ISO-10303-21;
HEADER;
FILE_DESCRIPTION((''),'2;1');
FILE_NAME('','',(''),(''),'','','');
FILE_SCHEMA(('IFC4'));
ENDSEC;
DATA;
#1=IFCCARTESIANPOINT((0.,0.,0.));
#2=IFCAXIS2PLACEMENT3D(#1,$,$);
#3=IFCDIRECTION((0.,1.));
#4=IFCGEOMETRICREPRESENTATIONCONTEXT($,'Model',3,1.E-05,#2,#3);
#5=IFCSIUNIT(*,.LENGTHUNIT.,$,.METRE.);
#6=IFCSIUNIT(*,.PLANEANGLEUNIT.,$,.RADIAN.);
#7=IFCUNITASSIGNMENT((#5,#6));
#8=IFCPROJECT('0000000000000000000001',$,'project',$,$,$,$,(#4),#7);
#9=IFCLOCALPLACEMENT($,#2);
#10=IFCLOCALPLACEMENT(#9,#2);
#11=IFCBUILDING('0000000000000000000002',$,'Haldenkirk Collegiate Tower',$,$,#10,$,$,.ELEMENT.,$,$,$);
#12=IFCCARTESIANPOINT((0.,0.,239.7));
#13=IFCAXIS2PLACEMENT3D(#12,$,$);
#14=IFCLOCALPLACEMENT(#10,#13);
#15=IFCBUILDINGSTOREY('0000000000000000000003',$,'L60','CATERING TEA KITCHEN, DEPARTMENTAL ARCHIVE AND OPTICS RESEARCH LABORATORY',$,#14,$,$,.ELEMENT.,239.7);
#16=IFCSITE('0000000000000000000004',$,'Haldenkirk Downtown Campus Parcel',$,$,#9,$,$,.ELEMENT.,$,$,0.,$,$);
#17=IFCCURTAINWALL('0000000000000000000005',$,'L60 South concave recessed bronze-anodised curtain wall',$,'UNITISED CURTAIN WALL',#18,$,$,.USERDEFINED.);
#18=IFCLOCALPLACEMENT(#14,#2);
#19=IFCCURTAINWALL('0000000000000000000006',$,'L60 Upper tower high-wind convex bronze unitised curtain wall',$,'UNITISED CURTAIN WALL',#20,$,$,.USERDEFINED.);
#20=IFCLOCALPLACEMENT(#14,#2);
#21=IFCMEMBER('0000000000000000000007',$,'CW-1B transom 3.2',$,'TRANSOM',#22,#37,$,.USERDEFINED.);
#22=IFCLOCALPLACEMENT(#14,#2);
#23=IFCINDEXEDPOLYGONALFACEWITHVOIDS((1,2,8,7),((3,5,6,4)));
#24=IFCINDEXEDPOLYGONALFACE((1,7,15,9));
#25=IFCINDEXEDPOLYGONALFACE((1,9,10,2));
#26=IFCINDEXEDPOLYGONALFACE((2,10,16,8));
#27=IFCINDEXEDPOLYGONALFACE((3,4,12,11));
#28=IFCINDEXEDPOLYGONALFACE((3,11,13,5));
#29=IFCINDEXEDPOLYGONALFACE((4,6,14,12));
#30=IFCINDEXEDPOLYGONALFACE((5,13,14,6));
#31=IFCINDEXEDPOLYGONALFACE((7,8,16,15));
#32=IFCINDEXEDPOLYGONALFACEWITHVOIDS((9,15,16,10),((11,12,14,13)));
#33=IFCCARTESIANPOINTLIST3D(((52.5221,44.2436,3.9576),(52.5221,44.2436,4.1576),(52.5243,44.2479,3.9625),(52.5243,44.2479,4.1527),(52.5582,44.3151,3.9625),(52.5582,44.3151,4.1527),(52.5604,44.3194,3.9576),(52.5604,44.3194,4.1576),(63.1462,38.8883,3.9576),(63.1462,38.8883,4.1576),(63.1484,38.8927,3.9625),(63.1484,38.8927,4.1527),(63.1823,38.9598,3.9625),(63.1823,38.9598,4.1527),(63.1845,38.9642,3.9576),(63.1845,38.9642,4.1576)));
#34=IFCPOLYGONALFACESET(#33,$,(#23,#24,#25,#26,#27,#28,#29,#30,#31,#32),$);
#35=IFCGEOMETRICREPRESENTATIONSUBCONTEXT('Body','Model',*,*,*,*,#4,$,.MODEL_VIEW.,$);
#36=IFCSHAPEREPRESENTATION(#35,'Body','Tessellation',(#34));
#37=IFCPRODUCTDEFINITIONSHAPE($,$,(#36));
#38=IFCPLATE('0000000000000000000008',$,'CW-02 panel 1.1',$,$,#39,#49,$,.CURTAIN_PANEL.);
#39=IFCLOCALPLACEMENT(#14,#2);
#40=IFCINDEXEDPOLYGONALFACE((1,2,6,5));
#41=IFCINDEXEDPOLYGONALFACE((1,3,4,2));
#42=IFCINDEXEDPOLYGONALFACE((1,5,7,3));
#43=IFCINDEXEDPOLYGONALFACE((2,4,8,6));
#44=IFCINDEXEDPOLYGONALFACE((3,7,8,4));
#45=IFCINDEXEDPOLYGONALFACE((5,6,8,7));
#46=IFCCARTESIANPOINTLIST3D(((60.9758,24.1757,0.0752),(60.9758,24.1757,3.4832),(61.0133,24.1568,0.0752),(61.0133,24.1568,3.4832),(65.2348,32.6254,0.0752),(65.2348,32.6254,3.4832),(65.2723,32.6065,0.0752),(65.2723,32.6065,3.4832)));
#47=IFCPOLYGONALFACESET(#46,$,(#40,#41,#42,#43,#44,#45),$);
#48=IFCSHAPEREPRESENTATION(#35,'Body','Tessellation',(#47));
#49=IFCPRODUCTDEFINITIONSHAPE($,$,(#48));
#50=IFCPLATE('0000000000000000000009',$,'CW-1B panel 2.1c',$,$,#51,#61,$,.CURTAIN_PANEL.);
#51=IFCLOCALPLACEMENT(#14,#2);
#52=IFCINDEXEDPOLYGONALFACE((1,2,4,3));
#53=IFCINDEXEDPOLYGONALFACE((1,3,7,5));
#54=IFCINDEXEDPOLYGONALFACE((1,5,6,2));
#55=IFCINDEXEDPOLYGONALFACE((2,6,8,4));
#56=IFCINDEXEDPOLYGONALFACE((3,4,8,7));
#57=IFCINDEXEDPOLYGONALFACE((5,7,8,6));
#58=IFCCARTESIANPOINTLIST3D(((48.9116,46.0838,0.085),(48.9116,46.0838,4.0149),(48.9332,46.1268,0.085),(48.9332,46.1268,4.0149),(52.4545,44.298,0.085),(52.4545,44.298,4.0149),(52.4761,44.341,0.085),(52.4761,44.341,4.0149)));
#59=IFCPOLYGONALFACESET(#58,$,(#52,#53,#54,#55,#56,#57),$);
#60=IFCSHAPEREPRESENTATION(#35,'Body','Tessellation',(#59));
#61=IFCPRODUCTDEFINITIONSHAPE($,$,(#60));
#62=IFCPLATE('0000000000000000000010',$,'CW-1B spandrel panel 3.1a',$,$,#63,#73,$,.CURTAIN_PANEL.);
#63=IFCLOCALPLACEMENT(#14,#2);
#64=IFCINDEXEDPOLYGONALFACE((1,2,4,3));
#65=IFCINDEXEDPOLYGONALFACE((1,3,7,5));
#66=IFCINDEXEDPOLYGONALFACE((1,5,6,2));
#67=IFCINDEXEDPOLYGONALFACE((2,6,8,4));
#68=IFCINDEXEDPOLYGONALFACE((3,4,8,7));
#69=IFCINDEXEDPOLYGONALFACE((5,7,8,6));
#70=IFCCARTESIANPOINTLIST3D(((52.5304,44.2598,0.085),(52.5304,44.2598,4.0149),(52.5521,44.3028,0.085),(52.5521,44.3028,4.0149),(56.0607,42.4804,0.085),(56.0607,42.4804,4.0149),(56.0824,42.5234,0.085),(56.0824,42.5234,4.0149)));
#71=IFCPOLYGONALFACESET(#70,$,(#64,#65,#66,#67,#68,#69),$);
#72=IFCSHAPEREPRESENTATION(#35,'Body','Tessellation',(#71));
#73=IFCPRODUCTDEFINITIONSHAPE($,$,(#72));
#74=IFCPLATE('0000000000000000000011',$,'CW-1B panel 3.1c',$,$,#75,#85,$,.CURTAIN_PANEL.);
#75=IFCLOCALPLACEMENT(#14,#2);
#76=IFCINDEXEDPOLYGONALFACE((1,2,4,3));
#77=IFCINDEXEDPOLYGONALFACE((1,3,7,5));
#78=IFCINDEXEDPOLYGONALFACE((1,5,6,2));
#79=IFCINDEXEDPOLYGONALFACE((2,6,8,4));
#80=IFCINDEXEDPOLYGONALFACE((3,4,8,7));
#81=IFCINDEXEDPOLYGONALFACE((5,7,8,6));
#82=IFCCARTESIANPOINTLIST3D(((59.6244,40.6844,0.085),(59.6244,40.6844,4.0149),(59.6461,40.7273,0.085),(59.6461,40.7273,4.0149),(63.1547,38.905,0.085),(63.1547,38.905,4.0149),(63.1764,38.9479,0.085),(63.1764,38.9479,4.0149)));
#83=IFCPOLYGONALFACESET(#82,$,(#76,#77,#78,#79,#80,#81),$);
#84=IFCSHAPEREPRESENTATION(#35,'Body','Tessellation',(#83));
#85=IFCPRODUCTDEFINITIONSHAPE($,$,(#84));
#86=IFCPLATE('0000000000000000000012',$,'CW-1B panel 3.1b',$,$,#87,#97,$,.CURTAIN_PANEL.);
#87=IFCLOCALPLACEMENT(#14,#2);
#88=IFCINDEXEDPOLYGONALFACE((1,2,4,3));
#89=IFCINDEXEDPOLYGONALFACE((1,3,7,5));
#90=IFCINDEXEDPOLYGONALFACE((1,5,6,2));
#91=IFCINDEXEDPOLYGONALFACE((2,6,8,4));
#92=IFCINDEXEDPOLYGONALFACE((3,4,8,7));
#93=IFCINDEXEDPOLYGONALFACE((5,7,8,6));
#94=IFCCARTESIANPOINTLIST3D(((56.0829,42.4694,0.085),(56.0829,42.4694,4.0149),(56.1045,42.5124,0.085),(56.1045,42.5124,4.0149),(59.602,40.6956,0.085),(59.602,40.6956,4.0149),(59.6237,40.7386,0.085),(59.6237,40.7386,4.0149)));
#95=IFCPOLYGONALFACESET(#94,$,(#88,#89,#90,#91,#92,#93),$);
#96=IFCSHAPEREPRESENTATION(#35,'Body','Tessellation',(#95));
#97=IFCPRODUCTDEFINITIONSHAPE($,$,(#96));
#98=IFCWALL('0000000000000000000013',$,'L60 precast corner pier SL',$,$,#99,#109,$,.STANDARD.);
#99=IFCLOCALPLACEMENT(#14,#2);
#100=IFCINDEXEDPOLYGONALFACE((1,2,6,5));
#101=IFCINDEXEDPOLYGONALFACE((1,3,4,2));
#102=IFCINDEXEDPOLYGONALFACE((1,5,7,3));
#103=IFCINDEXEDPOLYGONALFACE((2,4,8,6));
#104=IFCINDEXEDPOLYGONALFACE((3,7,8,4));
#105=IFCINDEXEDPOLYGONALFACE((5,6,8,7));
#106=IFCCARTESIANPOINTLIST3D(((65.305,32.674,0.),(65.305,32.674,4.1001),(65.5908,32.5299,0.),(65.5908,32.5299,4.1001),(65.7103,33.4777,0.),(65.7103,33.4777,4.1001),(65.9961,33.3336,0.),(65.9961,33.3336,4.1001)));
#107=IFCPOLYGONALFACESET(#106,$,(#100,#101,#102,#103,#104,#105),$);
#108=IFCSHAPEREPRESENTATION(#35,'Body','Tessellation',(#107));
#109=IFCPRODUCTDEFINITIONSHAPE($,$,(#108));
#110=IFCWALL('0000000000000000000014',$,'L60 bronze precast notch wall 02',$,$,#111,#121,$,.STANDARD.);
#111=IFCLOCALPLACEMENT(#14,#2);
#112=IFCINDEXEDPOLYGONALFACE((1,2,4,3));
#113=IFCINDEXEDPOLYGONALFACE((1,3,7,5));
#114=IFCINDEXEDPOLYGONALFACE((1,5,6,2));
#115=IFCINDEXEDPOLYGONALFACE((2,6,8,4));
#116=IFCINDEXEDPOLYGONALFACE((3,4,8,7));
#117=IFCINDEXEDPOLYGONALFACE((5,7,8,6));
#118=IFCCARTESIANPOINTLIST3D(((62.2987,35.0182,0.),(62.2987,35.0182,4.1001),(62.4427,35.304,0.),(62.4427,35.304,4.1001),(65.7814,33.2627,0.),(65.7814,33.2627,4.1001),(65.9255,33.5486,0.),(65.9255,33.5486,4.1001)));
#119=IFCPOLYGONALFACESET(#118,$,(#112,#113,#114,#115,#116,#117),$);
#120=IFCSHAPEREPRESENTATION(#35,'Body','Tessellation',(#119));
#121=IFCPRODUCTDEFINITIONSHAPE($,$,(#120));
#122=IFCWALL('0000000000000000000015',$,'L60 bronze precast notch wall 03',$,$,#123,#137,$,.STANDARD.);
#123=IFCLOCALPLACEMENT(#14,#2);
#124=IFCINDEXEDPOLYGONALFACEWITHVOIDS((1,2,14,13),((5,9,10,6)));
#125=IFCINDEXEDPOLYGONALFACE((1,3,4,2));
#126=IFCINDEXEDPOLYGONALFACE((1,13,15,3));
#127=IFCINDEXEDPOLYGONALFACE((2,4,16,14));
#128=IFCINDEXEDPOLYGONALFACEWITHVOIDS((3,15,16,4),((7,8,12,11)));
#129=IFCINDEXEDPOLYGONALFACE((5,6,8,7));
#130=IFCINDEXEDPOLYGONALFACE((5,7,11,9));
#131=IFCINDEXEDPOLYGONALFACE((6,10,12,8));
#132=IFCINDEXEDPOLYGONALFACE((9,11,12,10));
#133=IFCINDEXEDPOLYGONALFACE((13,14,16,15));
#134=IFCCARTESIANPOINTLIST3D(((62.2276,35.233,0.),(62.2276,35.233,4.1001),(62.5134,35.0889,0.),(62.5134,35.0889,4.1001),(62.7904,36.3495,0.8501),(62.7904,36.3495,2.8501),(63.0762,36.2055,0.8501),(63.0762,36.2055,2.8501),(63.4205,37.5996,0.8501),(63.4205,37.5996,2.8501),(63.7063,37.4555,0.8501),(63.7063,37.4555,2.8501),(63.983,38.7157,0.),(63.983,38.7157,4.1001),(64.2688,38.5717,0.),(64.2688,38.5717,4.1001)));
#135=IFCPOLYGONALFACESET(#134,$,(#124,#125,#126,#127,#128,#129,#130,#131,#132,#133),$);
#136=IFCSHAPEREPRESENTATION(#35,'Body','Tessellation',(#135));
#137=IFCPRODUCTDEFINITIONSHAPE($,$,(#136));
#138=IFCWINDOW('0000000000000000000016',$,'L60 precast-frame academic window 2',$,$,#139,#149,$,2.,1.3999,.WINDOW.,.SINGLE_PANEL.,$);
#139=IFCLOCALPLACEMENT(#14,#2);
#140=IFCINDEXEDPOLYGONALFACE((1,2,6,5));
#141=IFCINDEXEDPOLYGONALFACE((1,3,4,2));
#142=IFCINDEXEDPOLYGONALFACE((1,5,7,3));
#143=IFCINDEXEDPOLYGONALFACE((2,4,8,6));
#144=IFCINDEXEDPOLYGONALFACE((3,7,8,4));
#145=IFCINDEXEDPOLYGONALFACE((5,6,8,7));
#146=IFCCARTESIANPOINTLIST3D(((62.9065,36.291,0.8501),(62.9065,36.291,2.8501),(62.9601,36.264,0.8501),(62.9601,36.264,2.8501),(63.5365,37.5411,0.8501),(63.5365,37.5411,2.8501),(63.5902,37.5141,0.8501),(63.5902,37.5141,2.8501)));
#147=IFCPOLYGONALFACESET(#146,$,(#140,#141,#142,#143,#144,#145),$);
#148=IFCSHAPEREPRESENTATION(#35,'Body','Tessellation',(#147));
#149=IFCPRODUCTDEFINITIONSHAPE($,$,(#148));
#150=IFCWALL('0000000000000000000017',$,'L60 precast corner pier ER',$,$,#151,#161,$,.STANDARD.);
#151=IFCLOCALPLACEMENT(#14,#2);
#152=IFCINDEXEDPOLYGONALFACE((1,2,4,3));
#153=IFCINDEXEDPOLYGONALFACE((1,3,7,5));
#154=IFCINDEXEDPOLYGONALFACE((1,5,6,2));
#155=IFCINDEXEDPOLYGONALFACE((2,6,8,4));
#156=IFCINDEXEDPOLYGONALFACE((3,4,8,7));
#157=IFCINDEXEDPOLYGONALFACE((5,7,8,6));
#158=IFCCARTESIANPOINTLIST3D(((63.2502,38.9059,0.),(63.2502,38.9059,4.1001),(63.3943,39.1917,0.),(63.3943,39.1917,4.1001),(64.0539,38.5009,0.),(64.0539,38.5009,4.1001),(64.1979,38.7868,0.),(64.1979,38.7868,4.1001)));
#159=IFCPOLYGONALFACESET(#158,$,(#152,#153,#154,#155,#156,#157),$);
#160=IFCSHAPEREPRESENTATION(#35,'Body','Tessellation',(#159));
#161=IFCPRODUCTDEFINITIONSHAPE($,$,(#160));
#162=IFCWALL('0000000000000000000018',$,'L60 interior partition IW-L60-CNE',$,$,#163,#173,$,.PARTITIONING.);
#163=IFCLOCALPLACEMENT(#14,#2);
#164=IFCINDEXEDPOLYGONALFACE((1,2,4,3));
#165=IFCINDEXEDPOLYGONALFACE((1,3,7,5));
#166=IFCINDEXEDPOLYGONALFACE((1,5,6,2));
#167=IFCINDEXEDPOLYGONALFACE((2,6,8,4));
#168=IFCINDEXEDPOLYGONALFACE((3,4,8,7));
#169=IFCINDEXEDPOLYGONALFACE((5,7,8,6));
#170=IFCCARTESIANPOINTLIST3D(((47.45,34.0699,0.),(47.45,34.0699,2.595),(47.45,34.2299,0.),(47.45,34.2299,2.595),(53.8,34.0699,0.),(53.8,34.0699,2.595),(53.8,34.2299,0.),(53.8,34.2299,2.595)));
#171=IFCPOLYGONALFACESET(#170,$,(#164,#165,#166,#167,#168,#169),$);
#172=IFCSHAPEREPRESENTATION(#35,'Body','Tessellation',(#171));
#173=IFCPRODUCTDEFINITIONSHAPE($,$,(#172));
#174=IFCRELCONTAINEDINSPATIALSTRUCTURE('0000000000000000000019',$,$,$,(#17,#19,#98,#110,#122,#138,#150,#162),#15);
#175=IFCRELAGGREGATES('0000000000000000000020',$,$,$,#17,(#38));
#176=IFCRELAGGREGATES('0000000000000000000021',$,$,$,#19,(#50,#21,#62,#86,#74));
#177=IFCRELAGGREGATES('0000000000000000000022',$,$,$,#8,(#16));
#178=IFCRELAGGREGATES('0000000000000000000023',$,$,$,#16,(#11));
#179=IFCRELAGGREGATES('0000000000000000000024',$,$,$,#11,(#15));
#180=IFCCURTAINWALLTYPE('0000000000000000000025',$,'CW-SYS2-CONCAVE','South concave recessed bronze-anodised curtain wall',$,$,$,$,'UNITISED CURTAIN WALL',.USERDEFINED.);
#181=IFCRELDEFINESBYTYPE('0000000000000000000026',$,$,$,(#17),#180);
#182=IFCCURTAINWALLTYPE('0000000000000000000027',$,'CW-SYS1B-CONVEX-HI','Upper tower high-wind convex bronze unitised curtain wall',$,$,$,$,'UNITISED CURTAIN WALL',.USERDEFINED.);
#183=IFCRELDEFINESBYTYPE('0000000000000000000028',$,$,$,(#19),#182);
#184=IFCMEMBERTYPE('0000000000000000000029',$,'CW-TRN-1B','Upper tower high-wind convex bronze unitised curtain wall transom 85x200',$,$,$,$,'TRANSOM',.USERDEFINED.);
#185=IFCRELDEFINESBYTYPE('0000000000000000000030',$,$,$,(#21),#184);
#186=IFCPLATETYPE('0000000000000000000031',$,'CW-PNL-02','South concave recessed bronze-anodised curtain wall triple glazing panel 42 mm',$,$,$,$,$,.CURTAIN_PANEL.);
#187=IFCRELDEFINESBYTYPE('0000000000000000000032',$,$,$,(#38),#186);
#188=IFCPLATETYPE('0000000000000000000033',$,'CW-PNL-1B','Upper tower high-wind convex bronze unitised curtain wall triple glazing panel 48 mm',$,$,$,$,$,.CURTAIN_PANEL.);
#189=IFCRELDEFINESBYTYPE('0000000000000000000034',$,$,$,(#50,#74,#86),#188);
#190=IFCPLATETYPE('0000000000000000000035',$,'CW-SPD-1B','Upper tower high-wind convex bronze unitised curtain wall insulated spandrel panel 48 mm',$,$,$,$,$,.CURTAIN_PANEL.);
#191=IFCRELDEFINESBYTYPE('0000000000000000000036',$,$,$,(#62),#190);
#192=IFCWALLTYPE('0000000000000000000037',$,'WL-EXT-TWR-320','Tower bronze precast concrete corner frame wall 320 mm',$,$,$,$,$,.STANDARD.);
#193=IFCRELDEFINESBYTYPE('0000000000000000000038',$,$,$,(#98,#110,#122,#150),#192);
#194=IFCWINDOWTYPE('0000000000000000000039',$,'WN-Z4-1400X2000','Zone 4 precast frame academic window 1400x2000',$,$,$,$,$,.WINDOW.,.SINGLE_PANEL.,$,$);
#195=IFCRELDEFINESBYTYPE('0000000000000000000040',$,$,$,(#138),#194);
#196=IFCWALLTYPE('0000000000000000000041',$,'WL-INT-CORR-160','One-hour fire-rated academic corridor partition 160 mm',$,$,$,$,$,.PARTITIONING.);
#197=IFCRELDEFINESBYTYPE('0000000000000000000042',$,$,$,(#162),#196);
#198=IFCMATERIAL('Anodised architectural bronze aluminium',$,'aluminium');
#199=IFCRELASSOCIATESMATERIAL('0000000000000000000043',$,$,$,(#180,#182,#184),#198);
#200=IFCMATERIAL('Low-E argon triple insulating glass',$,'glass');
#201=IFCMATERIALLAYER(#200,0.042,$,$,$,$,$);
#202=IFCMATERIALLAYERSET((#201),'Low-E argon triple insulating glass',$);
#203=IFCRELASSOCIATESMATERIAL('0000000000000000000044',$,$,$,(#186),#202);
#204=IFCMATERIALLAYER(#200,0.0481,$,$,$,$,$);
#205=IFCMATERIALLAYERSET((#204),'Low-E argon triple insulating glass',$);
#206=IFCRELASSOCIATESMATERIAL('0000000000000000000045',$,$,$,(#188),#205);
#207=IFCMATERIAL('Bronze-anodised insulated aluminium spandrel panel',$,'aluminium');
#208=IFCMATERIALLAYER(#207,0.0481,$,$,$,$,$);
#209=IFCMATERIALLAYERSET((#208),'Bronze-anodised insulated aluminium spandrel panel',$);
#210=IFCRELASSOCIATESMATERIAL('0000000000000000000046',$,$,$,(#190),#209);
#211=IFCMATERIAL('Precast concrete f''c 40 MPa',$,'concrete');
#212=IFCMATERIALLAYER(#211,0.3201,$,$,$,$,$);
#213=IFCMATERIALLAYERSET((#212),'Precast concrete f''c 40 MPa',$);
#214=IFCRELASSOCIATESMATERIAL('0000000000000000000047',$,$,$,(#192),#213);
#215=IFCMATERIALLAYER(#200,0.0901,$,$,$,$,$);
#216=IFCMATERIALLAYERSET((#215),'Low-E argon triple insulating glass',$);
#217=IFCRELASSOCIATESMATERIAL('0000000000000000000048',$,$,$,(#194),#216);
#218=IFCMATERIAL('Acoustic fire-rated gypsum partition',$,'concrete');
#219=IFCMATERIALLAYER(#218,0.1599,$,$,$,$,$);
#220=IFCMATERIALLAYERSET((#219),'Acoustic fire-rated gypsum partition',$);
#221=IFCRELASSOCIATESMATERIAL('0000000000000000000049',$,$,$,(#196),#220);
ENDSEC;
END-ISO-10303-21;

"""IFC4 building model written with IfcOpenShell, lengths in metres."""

from ifc_helpers import new_model, si_unit, direction, frame, frame_2d, origin, origin_2d, place, context, subcontext, project, spatial, rectangle, hollow_rectangle, extrude, source, transform, mapped, material, layer, layer_set, material_profile, profile_set, type_object, element, fill, aggregate, save


model = new_model("IFC4")

# Units and contexts
model_context = context("Model", 3, precision=1e-05, world=origin(), true_north=direction((0.0, 1.0)))
body_context = subcontext(model_context, "Body", "Model", "MODEL_VIEW")
ifc_project = project(units=[si_unit("LENGTHUNIT", "METRE"), si_unit("PLANEANGLEUNIT", "RADIAN")], contexts=[model_context])

# Site, building, storey
site_placement = place(None, origin())
site = spatial("IfcSite", under=ifc_project, at=site_placement, Name="Haldenkirk Downtown Campus Parcel", CompositionType="ELEMENT", RefElevation=0.0)
building_placement = place(site_placement, origin())
building = spatial("IfcBuilding", under=site, at=building_placement, Name="Haldenkirk Collegiate Tower", CompositionType="ELEMENT")
storey_placement = place(building_placement, frame((0.0, 0.0, 239.7)))
storey = spatial("IfcBuildingStorey", under=building, at=storey_placement, Name="L60", Description="CATERING TEA KITCHEN, DEPARTMENTAL ARCHIVE AND OPTICS RESEARCH LABORATORY", CompositionType="ELEMENT", Elevation=239.7)

# Curtain wall
ifc_material_1 = material(Name="Anodised architectural bronze aluminium", Category="aluminium")
curtain_wall_type_1 = type_object("IfcCurtainWallType", Name="CW-SYS2-CONCAVE", Description="South concave recessed bronze-anodised curtain wall", ElementType="UNITISED CURTAIN WALL", PredefinedType="USERDEFINED", material=ifc_material_1)
curtain_wall_1_placement = place(storey_placement, origin())
curtain_wall_1 = element("IfcCurtainWall", 1, at=curtain_wall_1_placement, inside=storey, type_object=curtain_wall_type_1, Name="L60 South concave recessed bronze-anodised curtain wall", ObjectType="UNITISED CURTAIN WALL", PredefinedType="USERDEFINED")

# Curtain wall
curtain_wall_type_2 = type_object("IfcCurtainWallType", Name="CW-SYS1B-CONVEX-HI", Description="Upper tower high-wind convex bronze unitised curtain wall", ElementType="UNITISED CURTAIN WALL", PredefinedType="USERDEFINED", material=ifc_material_1)
curtain_wall_2_placement = place(storey_placement, origin())
curtain_wall_2 = element("IfcCurtainWall", 2, at=curtain_wall_2_placement, inside=storey, type_object=curtain_wall_type_2, Name="L60 Upper tower high-wind convex bronze unitised curtain wall", ObjectType="UNITISED CURTAIN WALL", PredefinedType="USERDEFINED")

# Member
ifc_material_profile_1 = material_profile(ifc_material_1, hollow_rectangle(XDim=0.085, YDim=0.2, WallThickness=0.0049, at=origin_2d()), Name="CW-TRN-1B")
ifc_profile_set_1 = profile_set([ifc_material_profile_1], Name="Anodised architectural bronze aluminium")
member_type_1 = type_object("IfcMemberType", Name="CW-TRN-1B", Description="Upper tower high-wind convex bronze unitised curtain wall transom 85x200", ElementType="TRANSOM", PredefinedType="USERDEFINED", material=ifc_profile_set_1)
member_1_placement = place(storey_placement, frame((52.5413, 44.2815, 4.0576), z_axis=(0.89297, -0.450117, 0.0), x_axis=(0.450117, 0.89297, 0.0)))
member_1 = element("IfcMember", 3, at=member_1_placement, type_object=member_type_1, Name="CW-1B transom 3.2", ObjectType="TRANSOM", PredefinedType="USERDEFINED", context=body_context, shape_type="SweptSolid", body=[
    extrude(hollow_rectangle(XDim=0.085, YDim=0.2, WallThickness=0.0049, at=origin_2d()), origin(), (0.0, 0.0, 1.0), 11.8975),
])

# Plates
ifc_material_2 = material(Name="Low-E argon triple insulating glass", Category="glass")
ifc_layer_1 = layer(ifc_material_2, 0.042)
ifc_layer_set_1 = layer_set([ifc_layer_1], Name="Low-E argon triple insulating glass")
plate_type_1 = type_object("IfcPlateType", Name="CW-PNL-02", Description="South concave recessed bronze-anodised curtain wall triple glazing panel 42 mm", PredefinedType="CURTAIN_PANEL", material=ifc_layer_set_1)
shared_shape_1 = source(origin(), body_context, "Body", "SweptSolid", [
    extrude(rectangle(XDim=9.4624, YDim=0.042, at=origin_2d()), origin(), (0.0, 0.0, 1.0), 3.408),
])
plate_1_placement = place(storey_placement, frame((63.124, 28.3911, 0.0752), z_axis=(0.0, 0.0, 1.0), x_axis=(-0.450097, -0.89298, 0.0)))
plate_1 = element("IfcPlate", 4, at=plate_1_placement, type_object=plate_type_1, Name="CW-02 panel 1.1", PredefinedType="CURTAIN_PANEL", context=body_context, shape_type="MappedRepresentation", body=[
    mapped(shared_shape_1, transform((0.0, 0.0, 0.0), x_axis=(1.0, 0.0, 0.0), y_axis=(0.0, 1.0, 0.0), z_axis=(0.0, 0.0, 1.0), scale=1.0)),
])
aggregate(curtain_wall_1, [plate_1])
ifc_layer_2 = layer(ifc_material_2, 0.0481)
ifc_layer_set_2 = layer_set([ifc_layer_2], Name="Low-E argon triple insulating glass")
plate_type_2 = type_object("IfcPlateType", Name="CW-PNL-1B", Description="Upper tower high-wind convex bronze unitised curtain wall triple glazing panel 48 mm", PredefinedType="CURTAIN_PANEL", material=ifc_layer_set_2)
shared_shape_2 = source(origin(), body_context, "Body", "SweptSolid", [
    extrude(rectangle(XDim=3.9675, YDim=0.0481, at=origin_2d()), origin(), (0.0, 0.0, 1.0), 3.9299),
])
plate_2_placement = place(storey_placement, frame((50.6938, 45.2124, 0.085), z_axis=(0.0, 0.0, 1.0), x_axis=(0.892979, -0.450099, 0.0)))
plate_2 = element("IfcPlate", 5, at=plate_2_placement, type_object=plate_type_2, Name="CW-1B panel 2.1c", PredefinedType="CURTAIN_PANEL", context=body_context, shape_type="MappedRepresentation", body=[
    mapped(shared_shape_2, transform((0.0, 0.0, 0.0), x_axis=(1.0, 0.0, 0.0), y_axis=(0.0, 1.0, 0.0), z_axis=(0.0, 0.0, 1.0), scale=1.0)),
])
ifc_material_3 = material(Name="Bronze-anodised insulated aluminium spandrel panel", Category="aluminium")
ifc_layer_3 = layer(ifc_material_3, 0.0481)
ifc_layer_set_3 = layer_set([ifc_layer_3], Name="Bronze-anodised insulated aluminium spandrel panel")
plate_type_3 = type_object("IfcPlateType", Name="CW-SPD-1B", Description="Upper tower high-wind convex bronze unitised curtain wall insulated spandrel panel 48 mm", PredefinedType="CURTAIN_PANEL", material=ifc_layer_set_3)
shared_shape_3 = source(origin(), body_context, "Body", "SweptSolid", [
    extrude(rectangle(XDim=3.9534, YDim=0.0481, at=origin_2d()), origin(), (0.0, 0.0, 1.0), 3.9299),
])
plate_3_placement = place(storey_placement, frame((54.3064, 43.3916, 0.085), z_axis=(0.0, 0.0, 1.0), x_axis=(0.892979, -0.450099, 0.0)))
plate_3 = element("IfcPlate", 6, at=plate_3_placement, type_object=plate_type_3, Name="CW-1B spandrel panel 3.1a", PredefinedType="CURTAIN_PANEL", context=body_context, shape_type="MappedRepresentation", body=[
    mapped(shared_shape_3, transform((0.0, 0.0, 0.0), x_axis=(1.0, 0.0, 0.0), y_axis=(0.0, 1.0, 0.0), z_axis=(0.0, 0.0, 1.0), scale=1.0)),
])
plate_4_placement = place(storey_placement, frame((61.4004, 39.8162, 0.085), z_axis=(0.0, 0.0, 1.0), x_axis=(0.892979, -0.450099, 0.0)))
plate_4 = element("IfcPlate", 7, at=plate_4_placement, type_object=plate_type_2, Name="CW-1B panel 3.1c", PredefinedType="CURTAIN_PANEL", context=body_context, shape_type="MappedRepresentation", body=[
    mapped(shared_shape_3, transform((0.0, 0.0, 0.0), x_axis=(1.0, 0.0, 0.0), y_axis=(0.0, 1.0, 0.0), z_axis=(0.0, 0.0, 1.0), scale=1.0)),
])
shared_shape_4 = source(origin(), body_context, "Body", "SweptSolid", [
    extrude(rectangle(XDim=3.9409, YDim=0.0481, at=origin_2d()), origin(), (0.0, 0.0, 1.0), 3.9299),
])
plate_5_placement = place(storey_placement, frame((57.8533, 41.604, 0.085), z_axis=(0.0, 0.0, 1.0), x_axis=(0.892979, -0.450099, 0.0)))
plate_5 = element("IfcPlate", 8, at=plate_5_placement, type_object=plate_type_2, Name="CW-1B panel 3.1b", PredefinedType="CURTAIN_PANEL", context=body_context, shape_type="MappedRepresentation", body=[
    mapped(shared_shape_4, transform((0.0, 0.0, 0.0), x_axis=(1.0, 0.0, 0.0), y_axis=(0.0, 1.0, 0.0), z_axis=(0.0, 0.0, 1.0), scale=1.0)),
])
aggregate(curtain_wall_2, [plate_2, member_1, plate_3, plate_5, plate_4])

# Walls
ifc_material_4 = material(Name="Precast concrete f'c 40 MPa", Category="concrete")
ifc_layer_4 = layer(ifc_material_4, 0.3201)
ifc_layer_set_4 = layer_set([ifc_layer_4], Name="Precast concrete f'c 40 MPa")
wall_type_1 = type_object("IfcWallType", Name="WL-EXT-TWR-320", Description="Tower bronze precast concrete corner frame wall 320 mm", PredefinedType="STANDARD", material=ifc_layer_set_4)
wall_1_placement = place(storey_placement, frame((65.8533, 33.4058, 0.0), z_axis=(0.0, 0.0, 1.0), x_axis=(-0.450249, -0.892903, 0.0)))
element("IfcWall", 9, at=wall_1_placement, inside=storey, type_object=wall_type_1, Name="L60 precast corner pier SL", PredefinedType="STANDARD", context=body_context, shape_type="SweptSolid", body=[
    extrude(rectangle(XDim=0.9001, YDim=0.3201, at=frame_2d((0.4502, 0.0))), origin(), (0.0, 0.0, 1.0), 4.1001),
])
wall_2_placement = place(storey_placement, frame((62.3706, 35.1611, 0.0), z_axis=(0.0, 0.0, 1.0), x_axis=(0.892983, -0.450091, 0.0)))
element("IfcWall", 10, at=wall_2_placement, inside=storey, type_object=wall_type_1, Name="L60 bronze precast notch wall 02", PredefinedType="STANDARD", context=body_context, shape_type="SweptSolid", body=[
    extrude(rectangle(XDim=3.9001, YDim=0.3201, at=frame_2d((1.9502, 0.0))), origin(), (0.0, 0.0, 1.0), 4.1001),
])

# Wall, opening, window
wall_3_placement = place(storey_placement, frame((64.126, 38.6438, 0.0), z_axis=(0.0, 0.0, 1.0), x_axis=(-0.450091, -0.892983, 0.0)))
wall_3 = element("IfcWall", 11, at=wall_3_placement, inside=storey, type_object=wall_type_1, Name="L60 bronze precast notch wall 03", PredefinedType="STANDARD", context=body_context, shape_type="SweptSolid", body=[
    extrude(rectangle(XDim=3.9001, YDim=0.3201, at=frame_2d((1.9502, 0.0))), origin(), (0.0, 0.0, 1.0), 4.1001),
])
opening_1_placement = place(wall_3_placement, frame((1.25, 0.0, 0.8501)))
opening_1 = element("IfcOpeningElement", 12, at=opening_1_placement, cuts=wall_3, PredefinedType="OPENING", context=body_context, shape_type="SweptSolid", body=[
    extrude(rectangle(XDim=1.3999, YDim=2.0, at=frame_2d((0.7, 1.0))), frame((0.0, 0.1699, 0.0), z_axis=(0.0, -1.0, 0.0), x_axis=(1.0, 0.0, 0.0)), (0.0, 0.0, 1.0), 0.3401),
])
ifc_layer_5 = layer(ifc_material_2, 0.0901)
ifc_layer_set_5 = layer_set([ifc_layer_5], Name="Low-E argon triple insulating glass")
window_type = type_object("IfcWindowType", Name="WN-Z4-1400X2000", Description="Zone 4 precast frame academic window 1400x2000", PartitioningType="SINGLE_PANEL", PredefinedType="WINDOW", material=ifc_layer_set_5)
window_placement = place(opening_1_placement, origin())
window = element("IfcWindow", 13, at=window_placement, inside=storey, type_object=window_type, Name="L60 precast-frame academic window 2", OverallHeight=2.0, OverallWidth=1.3999, PartitioningType="SINGLE_PANEL", PredefinedType="WINDOW", context=body_context, shape_type="SweptSolid", body=[
    extrude(rectangle(XDim=1.3999, YDim=2.0, at=frame_2d((0.7, 1.0))), frame((0.0, 0.03, 0.0), z_axis=(0.0, -1.0, 0.0), x_axis=(1.0, 0.0, 0.0)), (0.0, 0.0, 1.0), 0.0601),
])
fill(opening_1, window)

# Walls
wall_4_placement = place(storey_placement, frame((63.3223, 39.0488, 0.0), z_axis=(0.0, 0.0, 1.0), x_axis=(0.893012, -0.450033, 0.0)))
element("IfcWall", 14, at=wall_4_placement, inside=storey, type_object=wall_type_1, Name="L60 precast corner pier ER", PredefinedType="STANDARD", context=body_context, shape_type="SweptSolid", body=[
    extrude(rectangle(XDim=0.8999, YDim=0.3201, at=frame_2d((0.45, 0.0))), origin(), (0.0, 0.0, 1.0), 4.1001),
])
ifc_material_5 = material(Name="Acoustic fire-rated gypsum partition", Category="concrete")
ifc_layer_6 = layer(ifc_material_5, 0.1599)
ifc_layer_set_6 = layer_set([ifc_layer_6], Name="Acoustic fire-rated gypsum partition")
wall_type_2 = type_object("IfcWallType", Name="WL-INT-CORR-160", Description="One-hour fire-rated academic corridor partition 160 mm", PredefinedType="PARTITIONING", material=ifc_layer_set_6)
wall_5_placement = place(storey_placement, frame((47.45, 34.1499, 0.0), z_axis=(0.0, 0.0, 1.0), x_axis=(1.0, 0.0, 0.0)))
element("IfcWall", 15, at=wall_5_placement, inside=storey, type_object=wall_type_2, Name="L60 interior partition IW-L60-CNE", PredefinedType="PARTITIONING", context=body_context, shape_type="SweptSolid", body=[
    extrude(rectangle(XDim=6.3501, YDim=0.1599, at=frame_2d((3.175, 0.0))), origin(), (0.0, 0.0, 1.0), 2.595),
])

save(model, "model.ifc")
